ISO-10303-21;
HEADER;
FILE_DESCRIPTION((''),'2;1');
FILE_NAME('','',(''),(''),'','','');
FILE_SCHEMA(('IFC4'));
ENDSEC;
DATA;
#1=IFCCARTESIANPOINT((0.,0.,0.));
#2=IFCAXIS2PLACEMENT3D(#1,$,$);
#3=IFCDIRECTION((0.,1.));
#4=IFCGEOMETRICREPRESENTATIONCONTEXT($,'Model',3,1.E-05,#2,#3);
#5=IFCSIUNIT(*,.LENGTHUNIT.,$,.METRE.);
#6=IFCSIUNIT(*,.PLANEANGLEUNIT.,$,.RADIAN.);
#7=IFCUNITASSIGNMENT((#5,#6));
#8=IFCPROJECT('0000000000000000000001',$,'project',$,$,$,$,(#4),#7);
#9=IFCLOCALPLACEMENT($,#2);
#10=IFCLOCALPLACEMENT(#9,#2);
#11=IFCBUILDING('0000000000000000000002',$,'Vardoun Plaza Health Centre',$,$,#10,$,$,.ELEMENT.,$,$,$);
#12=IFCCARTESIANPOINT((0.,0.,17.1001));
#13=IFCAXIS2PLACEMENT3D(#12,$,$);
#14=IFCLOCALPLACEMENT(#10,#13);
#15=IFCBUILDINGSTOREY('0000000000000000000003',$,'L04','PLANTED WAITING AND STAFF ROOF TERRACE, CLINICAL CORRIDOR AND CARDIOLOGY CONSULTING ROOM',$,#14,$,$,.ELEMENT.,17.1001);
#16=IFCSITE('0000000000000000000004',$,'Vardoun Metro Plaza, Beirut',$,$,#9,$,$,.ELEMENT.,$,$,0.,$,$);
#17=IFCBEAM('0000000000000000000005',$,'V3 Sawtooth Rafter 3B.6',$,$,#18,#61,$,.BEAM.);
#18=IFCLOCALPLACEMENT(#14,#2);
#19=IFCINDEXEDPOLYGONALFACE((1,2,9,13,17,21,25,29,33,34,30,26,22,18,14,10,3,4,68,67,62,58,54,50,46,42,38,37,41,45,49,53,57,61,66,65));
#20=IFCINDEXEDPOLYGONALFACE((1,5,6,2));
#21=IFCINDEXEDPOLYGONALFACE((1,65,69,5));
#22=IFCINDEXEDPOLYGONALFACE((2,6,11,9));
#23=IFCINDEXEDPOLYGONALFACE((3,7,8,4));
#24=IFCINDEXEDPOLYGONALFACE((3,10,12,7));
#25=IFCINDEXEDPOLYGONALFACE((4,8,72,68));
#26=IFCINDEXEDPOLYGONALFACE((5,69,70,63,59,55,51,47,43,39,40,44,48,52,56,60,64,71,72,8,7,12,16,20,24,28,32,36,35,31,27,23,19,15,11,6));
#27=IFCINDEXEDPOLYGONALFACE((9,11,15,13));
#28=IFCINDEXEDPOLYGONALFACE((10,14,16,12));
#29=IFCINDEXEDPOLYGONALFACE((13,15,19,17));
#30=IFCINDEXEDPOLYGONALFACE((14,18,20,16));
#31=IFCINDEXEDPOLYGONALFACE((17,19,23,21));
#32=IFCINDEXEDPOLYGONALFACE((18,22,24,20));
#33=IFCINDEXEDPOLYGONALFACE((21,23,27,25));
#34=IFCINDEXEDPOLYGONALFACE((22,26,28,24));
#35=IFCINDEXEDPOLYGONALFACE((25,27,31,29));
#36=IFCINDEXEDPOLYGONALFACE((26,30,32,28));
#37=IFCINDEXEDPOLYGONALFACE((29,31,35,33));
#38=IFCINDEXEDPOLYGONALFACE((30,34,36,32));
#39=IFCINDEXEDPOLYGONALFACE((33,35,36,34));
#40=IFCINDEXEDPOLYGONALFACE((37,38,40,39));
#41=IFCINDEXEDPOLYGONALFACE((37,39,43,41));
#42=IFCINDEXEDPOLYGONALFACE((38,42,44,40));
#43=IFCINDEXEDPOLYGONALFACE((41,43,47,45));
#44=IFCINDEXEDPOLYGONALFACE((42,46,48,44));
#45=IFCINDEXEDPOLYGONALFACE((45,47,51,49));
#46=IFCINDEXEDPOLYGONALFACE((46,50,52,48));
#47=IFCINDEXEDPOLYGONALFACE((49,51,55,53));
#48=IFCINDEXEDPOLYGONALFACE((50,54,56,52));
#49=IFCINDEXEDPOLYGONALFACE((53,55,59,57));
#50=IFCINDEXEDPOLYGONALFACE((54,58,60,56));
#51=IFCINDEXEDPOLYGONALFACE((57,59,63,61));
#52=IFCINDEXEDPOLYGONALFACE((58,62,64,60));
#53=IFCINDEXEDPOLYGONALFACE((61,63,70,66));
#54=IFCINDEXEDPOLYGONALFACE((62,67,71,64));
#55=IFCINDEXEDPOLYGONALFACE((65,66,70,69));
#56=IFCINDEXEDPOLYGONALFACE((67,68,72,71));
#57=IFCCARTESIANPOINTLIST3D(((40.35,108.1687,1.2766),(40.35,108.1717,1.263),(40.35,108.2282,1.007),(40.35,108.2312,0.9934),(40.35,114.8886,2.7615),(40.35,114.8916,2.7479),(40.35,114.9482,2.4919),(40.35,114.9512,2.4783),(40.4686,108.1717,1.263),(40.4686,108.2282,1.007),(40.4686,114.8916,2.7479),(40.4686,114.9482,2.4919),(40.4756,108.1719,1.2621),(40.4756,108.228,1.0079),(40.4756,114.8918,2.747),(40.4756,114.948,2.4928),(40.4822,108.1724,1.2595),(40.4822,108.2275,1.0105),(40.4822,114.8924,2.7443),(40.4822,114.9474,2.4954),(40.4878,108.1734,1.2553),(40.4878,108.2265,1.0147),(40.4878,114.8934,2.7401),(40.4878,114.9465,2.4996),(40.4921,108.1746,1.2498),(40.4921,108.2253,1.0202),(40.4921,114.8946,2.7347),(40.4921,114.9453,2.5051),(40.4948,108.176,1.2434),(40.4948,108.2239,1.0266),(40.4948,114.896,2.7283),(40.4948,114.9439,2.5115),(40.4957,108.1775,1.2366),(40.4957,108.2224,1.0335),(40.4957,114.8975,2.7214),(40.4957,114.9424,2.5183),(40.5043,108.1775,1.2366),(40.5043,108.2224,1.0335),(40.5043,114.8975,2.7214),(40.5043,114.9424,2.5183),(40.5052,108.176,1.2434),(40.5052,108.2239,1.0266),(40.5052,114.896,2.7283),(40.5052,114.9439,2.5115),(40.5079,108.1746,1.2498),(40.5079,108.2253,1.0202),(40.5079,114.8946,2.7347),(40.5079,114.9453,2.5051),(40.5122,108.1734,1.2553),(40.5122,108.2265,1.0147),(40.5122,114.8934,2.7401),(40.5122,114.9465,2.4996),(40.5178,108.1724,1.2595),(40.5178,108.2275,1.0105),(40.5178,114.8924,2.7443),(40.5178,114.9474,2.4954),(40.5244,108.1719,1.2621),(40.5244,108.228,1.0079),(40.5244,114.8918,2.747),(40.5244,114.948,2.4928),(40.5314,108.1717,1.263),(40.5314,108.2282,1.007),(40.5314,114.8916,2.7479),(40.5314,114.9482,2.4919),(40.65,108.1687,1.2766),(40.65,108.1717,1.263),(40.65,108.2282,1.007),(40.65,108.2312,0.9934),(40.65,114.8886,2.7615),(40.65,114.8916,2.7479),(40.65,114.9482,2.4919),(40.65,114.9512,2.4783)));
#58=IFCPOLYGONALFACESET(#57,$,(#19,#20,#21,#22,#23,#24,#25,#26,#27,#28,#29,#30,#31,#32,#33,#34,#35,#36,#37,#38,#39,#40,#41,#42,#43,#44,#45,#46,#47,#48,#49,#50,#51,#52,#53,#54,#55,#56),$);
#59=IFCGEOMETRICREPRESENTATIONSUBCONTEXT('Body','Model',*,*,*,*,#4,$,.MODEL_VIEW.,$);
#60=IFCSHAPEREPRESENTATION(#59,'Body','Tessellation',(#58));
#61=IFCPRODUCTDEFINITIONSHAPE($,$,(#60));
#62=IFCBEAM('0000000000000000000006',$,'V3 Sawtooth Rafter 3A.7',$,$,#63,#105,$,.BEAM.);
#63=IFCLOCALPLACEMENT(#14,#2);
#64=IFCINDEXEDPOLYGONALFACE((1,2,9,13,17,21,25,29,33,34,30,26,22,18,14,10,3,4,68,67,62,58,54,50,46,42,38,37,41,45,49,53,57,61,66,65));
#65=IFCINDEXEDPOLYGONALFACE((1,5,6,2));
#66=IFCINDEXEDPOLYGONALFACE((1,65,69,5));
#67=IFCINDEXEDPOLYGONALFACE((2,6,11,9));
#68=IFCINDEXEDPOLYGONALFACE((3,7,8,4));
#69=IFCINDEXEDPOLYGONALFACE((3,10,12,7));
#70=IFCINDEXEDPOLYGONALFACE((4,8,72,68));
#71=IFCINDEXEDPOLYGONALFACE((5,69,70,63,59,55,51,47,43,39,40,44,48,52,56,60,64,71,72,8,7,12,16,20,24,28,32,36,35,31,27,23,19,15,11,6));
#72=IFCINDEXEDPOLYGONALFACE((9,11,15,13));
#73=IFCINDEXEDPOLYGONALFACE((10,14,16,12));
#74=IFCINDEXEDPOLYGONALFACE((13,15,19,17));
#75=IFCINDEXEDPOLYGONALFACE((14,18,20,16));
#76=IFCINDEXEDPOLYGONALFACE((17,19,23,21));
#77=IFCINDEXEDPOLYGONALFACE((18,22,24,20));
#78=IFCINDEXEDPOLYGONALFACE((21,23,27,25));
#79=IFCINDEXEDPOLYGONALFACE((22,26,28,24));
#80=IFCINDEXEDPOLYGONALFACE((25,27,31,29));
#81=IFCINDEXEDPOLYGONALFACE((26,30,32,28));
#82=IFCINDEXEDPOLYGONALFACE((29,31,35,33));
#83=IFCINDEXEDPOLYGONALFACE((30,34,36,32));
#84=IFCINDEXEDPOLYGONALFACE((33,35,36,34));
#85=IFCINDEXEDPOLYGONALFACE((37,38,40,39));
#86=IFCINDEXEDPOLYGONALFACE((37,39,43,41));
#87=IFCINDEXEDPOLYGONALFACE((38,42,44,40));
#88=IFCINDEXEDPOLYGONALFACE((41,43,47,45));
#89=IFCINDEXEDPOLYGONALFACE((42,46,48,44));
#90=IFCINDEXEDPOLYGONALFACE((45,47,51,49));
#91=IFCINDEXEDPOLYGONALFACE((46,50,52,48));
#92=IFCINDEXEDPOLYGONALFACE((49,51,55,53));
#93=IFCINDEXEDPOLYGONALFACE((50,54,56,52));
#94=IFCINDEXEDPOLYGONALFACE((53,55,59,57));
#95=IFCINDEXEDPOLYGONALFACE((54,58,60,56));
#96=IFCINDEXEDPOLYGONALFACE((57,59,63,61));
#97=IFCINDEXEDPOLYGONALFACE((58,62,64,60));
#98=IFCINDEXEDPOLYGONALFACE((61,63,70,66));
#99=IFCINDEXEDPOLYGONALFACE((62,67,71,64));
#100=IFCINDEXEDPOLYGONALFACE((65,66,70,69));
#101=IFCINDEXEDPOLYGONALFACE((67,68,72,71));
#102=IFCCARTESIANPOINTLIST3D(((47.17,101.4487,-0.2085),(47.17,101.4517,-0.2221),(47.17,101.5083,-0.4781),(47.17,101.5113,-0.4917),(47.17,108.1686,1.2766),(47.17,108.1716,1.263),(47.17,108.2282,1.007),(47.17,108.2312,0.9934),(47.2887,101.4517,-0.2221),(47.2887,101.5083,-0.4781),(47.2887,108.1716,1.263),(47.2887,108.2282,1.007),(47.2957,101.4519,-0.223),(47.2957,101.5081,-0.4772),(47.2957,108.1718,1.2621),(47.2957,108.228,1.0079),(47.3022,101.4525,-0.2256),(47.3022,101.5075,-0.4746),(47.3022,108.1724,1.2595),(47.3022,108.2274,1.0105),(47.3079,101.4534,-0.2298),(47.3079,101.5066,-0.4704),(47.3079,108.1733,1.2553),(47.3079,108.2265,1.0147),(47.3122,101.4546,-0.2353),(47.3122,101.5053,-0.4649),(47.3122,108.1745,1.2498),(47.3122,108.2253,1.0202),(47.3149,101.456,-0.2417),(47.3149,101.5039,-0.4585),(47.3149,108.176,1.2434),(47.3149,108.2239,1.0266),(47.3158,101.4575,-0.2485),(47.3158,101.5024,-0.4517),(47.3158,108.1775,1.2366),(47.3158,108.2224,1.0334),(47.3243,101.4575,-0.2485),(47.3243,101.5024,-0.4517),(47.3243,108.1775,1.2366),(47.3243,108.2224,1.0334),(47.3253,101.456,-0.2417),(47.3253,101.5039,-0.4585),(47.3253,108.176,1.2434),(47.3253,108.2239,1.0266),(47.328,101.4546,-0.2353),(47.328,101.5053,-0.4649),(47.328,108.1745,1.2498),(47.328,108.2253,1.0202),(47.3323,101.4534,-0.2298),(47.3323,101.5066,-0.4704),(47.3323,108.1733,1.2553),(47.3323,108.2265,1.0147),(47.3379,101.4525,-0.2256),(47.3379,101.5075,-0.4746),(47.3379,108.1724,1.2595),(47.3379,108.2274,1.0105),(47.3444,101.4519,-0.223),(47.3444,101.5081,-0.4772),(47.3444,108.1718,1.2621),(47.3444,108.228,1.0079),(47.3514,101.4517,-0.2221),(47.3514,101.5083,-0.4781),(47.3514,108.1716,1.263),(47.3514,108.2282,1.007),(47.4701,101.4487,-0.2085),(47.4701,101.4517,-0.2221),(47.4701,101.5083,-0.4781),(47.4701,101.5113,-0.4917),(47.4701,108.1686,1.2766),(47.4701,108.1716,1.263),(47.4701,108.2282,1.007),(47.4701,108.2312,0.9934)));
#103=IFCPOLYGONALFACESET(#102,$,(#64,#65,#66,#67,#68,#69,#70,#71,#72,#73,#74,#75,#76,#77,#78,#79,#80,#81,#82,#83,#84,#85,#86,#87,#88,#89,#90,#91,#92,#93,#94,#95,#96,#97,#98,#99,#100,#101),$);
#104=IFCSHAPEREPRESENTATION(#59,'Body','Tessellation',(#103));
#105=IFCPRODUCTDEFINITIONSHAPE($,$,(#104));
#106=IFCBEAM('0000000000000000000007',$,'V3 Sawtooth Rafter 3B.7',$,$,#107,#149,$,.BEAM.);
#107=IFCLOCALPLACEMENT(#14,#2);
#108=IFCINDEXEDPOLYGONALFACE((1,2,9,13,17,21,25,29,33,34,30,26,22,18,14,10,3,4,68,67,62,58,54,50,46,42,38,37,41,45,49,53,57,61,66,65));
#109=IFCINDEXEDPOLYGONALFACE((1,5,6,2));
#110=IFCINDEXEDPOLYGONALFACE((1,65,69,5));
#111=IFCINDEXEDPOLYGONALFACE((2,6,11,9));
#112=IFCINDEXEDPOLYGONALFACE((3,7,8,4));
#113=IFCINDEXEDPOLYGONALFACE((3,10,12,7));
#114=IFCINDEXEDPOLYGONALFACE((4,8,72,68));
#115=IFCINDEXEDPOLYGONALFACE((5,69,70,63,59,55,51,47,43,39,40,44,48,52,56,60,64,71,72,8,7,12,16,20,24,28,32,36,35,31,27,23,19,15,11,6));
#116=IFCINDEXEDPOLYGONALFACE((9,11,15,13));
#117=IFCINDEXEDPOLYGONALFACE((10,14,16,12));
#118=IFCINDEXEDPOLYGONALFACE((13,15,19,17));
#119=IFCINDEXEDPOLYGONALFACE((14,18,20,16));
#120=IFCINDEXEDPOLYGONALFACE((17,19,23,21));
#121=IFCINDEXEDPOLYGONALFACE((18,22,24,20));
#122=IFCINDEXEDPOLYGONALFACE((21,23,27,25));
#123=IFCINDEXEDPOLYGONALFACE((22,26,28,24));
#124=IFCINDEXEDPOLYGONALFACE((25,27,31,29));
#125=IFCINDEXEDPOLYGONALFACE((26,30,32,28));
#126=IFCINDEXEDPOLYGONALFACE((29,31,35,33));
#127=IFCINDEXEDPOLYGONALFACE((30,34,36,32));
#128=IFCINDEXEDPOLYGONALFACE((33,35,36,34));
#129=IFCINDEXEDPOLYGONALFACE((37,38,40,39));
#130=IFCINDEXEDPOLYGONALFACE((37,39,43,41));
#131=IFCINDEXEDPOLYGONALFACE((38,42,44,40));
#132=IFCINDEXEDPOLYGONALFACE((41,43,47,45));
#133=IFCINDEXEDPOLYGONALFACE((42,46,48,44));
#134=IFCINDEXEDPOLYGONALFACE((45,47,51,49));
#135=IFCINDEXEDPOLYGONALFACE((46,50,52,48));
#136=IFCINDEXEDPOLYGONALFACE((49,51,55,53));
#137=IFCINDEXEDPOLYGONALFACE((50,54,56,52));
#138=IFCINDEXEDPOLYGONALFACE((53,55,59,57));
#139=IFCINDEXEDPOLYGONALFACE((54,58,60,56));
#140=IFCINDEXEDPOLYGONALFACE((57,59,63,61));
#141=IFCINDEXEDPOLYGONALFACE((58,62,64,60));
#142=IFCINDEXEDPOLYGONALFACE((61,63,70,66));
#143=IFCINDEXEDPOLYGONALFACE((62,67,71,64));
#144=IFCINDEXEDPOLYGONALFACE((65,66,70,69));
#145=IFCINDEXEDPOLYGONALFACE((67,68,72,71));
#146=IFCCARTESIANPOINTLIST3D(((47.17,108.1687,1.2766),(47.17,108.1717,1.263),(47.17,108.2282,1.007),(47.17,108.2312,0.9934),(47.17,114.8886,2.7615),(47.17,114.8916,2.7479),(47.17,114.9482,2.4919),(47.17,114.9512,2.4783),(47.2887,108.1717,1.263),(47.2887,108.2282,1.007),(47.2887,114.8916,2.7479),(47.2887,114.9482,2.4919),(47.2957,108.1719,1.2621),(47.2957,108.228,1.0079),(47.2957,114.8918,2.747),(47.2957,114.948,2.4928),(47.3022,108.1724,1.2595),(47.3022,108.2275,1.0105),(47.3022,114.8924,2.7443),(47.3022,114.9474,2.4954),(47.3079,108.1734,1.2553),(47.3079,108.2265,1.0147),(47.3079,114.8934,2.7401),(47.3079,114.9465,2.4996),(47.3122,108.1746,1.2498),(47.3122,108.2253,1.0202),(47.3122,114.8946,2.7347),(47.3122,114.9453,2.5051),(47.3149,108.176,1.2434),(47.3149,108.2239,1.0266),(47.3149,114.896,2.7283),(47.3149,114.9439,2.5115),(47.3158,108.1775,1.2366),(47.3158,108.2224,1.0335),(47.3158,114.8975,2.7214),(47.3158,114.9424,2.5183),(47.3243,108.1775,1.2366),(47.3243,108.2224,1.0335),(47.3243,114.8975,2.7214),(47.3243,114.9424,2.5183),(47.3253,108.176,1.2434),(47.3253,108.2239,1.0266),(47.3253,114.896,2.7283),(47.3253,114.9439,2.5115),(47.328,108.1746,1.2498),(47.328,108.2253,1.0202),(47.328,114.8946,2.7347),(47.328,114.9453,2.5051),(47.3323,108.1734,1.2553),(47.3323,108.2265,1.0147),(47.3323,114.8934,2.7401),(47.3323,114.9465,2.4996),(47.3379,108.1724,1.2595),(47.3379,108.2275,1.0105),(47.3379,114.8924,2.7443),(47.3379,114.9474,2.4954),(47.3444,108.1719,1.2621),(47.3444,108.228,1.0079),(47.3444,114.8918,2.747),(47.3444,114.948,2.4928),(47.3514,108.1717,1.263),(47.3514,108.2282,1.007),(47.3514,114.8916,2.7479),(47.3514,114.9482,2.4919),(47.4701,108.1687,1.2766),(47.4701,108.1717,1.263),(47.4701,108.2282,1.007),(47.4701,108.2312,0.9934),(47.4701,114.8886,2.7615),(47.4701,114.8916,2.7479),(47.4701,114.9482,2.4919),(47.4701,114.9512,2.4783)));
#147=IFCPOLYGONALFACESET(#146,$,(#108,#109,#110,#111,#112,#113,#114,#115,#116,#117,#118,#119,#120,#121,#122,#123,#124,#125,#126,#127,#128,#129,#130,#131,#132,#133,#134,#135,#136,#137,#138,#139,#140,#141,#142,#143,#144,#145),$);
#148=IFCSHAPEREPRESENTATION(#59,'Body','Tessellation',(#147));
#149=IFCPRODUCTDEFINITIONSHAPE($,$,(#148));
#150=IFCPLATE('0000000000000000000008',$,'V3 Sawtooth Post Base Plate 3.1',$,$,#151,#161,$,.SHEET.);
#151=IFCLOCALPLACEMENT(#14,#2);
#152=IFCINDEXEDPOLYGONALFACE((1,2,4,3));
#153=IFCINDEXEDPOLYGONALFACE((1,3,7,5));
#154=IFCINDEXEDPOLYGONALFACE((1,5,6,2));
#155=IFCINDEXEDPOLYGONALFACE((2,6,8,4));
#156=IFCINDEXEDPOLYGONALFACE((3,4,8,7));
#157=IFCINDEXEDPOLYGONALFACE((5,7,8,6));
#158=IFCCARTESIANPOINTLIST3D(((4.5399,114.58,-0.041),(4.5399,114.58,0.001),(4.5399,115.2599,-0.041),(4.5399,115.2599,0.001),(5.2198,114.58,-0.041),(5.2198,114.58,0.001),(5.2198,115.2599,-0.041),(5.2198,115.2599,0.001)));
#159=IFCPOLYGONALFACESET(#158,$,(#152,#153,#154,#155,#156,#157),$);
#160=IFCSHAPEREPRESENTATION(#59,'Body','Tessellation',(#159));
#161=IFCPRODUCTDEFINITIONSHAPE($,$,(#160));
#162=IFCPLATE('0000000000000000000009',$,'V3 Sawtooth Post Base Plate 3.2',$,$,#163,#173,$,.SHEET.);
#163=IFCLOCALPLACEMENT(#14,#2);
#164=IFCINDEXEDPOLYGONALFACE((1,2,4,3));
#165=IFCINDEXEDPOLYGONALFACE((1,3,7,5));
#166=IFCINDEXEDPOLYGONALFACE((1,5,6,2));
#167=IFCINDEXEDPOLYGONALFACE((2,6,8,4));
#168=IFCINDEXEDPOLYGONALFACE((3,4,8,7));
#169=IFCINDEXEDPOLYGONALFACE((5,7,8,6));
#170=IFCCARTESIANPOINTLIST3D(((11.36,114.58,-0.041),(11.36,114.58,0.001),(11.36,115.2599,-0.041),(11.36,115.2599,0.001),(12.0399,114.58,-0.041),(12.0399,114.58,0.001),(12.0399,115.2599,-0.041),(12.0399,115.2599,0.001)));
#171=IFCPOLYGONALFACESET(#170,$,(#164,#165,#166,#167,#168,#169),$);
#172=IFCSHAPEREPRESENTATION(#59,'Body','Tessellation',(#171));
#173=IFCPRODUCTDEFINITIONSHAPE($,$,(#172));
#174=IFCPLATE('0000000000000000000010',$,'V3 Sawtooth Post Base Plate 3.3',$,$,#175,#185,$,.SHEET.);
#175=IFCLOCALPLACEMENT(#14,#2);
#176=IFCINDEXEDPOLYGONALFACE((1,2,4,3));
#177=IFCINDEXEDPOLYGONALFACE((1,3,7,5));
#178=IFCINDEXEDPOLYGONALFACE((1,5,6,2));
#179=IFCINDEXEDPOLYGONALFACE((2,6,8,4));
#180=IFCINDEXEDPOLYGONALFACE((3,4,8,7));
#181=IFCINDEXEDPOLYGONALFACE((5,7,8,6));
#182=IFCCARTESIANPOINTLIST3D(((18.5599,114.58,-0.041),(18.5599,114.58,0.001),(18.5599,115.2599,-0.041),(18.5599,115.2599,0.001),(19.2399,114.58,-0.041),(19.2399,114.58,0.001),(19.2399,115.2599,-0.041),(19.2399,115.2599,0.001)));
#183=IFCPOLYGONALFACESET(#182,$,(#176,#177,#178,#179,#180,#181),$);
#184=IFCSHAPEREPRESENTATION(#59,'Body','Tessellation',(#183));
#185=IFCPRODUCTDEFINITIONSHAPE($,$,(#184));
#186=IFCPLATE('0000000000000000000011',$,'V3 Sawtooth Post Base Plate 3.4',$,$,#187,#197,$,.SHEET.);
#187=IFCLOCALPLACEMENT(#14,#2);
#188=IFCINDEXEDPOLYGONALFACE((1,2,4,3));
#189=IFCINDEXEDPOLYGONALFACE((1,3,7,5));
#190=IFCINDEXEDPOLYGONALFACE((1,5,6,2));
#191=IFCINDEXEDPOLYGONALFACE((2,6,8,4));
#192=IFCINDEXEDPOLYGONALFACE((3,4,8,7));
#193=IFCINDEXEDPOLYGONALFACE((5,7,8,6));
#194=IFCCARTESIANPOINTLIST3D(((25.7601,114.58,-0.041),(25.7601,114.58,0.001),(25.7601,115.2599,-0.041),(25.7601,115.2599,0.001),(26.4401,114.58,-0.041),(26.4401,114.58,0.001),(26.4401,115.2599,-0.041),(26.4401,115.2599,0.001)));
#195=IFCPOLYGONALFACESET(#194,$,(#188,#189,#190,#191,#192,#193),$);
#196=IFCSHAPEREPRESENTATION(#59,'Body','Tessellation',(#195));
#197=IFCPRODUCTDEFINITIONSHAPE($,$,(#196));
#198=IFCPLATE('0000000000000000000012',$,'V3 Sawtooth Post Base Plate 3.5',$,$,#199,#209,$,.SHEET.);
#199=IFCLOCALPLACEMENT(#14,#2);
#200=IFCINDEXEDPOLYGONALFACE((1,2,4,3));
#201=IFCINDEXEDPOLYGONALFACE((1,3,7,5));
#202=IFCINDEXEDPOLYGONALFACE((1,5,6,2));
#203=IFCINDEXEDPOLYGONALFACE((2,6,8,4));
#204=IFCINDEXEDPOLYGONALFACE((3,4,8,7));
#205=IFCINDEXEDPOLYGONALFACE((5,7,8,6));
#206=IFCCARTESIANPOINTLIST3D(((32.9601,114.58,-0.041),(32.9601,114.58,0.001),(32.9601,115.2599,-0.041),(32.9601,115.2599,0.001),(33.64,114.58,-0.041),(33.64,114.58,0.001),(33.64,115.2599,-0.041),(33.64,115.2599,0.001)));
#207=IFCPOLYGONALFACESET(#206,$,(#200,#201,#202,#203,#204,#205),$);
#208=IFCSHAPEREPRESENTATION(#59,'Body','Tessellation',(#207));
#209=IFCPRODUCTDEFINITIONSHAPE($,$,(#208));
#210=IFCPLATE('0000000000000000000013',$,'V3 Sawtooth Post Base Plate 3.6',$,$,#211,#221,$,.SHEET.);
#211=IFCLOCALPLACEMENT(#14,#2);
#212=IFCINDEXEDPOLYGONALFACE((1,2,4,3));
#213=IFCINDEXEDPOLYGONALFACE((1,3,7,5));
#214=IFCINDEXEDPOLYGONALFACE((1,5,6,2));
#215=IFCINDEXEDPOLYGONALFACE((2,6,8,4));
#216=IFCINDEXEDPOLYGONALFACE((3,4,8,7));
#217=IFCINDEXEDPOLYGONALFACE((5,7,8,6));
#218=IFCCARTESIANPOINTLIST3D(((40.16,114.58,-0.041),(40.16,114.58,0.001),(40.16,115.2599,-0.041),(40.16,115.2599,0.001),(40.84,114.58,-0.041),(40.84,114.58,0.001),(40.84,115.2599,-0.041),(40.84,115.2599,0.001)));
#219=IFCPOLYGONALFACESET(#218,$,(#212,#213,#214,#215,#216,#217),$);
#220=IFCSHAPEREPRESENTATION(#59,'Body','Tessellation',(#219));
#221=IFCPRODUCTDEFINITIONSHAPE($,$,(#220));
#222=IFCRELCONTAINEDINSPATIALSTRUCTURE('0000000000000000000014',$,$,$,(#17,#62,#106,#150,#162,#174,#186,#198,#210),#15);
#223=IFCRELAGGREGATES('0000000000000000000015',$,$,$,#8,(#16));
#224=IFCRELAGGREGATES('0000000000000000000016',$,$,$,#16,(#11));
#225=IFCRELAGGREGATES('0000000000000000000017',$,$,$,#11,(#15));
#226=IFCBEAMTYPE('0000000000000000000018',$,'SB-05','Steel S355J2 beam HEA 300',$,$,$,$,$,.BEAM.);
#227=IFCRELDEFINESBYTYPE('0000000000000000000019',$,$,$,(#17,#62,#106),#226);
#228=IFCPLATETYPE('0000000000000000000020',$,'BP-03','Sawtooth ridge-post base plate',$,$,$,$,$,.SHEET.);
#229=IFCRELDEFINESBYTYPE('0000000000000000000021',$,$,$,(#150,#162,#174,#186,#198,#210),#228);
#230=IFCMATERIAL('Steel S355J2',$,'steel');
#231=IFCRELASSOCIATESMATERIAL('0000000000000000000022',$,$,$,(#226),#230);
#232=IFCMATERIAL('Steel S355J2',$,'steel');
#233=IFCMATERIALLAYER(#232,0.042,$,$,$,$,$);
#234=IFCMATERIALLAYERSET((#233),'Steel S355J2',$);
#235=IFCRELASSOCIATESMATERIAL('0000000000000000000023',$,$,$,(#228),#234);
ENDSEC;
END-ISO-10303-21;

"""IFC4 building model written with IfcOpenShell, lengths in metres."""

from ifc_helpers import new_model, si_unit, direction, frame, origin, origin_2d, place, context, subcontext, project, spatial, rectangle, i_section, extrude, material, layer, layer_set, material_profile, profile_set, type_object, element, save


model = new_model("IFC4")

# Units and contexts
model_context = context("Model", 3, precision=1e-05, world=origin(), true_north=direction((0.0, 1.0)))
body_context = subcontext(model_context, "Body", "Model", "MODEL_VIEW")
ifc_project = project(units=[si_unit("LENGTHUNIT", "METRE"), si_unit("PLANEANGLEUNIT", "RADIAN")], contexts=[model_context])

# Site, building, storey
site_placement = place(None, origin())
site = spatial("IfcSite", under=ifc_project, at=site_placement, Name="Vardoun Metro Plaza, Beirut", CompositionType="ELEMENT", RefElevation=0.0)
building_placement = place(site_placement, origin())
building = spatial("IfcBuilding", under=site, at=building_placement, Name="Vardoun Plaza Health Centre", CompositionType="ELEMENT")
storey_placement = place(building_placement, frame((0.0, 0.0, 17.1001)))
storey = spatial("IfcBuildingStorey", under=building, at=storey_placement, Name="L04", Description="PLANTED WAITING AND STAFF ROOF TERRACE, CLINICAL CORRIDOR AND CARDIOLOGY CONSULTING ROOM", CompositionType="ELEMENT", Elevation=17.1001)

# Beams
ifc_material_1 = material(Name="Steel S355J2", Category="steel")
ifc_material_profile_1 = material_profile(ifc_material_1, i_section(OverallWidth=0.3, OverallDepth=0.29, WebThickness=0.0085, FlangeThickness=0.0139, FilletRadius=0.0271, at=origin_2d()), Name="HEA 300")
ifc_profile_set_1 = profile_set([ifc_material_profile_1], Name="Steel S355J2")
beam_type_1 = type_object("IfcBeamType", Name="SB-05", Description="Steel S355J2 beam HEA 300", PredefinedType="BEAM", material=ifc_profile_set_1)
for number, where, z_axis, x_axis, name in (
    (1, (40.5, 108.2, 1.135), (0.0, 0.976447, 0.215758), (-1.0, 0.0, 0.0), "V3 Sawtooth Rafter 3B.6"),
    (2, (47.3201, 101.48, -0.3501), (0.0, 0.976439, 0.215792), (-1.0, 0.0, 0.0), "V3 Sawtooth Rafter 3A.7"),
    (3, (47.3201, 108.2, 1.135), (0.0, 0.976447, 0.215758), (-1.0, 0.0, 0.0), "V3 Sawtooth Rafter 3B.7"),
):
    element("IfcBeam", number, at=place(storey_placement, frame(where, z_axis=z_axis, x_axis=x_axis)), inside=storey, type_object=beam_type_1, Name=name, PredefinedType="BEAM", context=body_context, shape_type="SweptSolid", body=[
        extrude(i_section(OverallWidth=0.3, OverallDepth=0.29, WebThickness=0.0085, FlangeThickness=0.0139, FilletRadius=0.0271, at=origin_2d()), origin(), (0.0, 0.0, 1.0), 6.8821),
    ])

# Plates
ifc_material_2 = material(Name="Steel S355J2", Category="steel")
ifc_layer = layer(ifc_material_2, 0.042)
ifc_layer_set = layer_set([ifc_layer], Name="Steel S355J2")
plate_type = type_object("IfcPlateType", Name="BP-03", Description="Sawtooth ridge-post base plate", PredefinedType="SHEET", material=ifc_layer_set)
for number, where, z_axis, x_axis, name in (
    (4, (4.8799, 114.9199, -0.041), (0.0, 0.0, 1.0), (1.0, 0.0, 0.0), "V3 Sawtooth Post Base Plate 3.1"),
    (5, (11.7, 114.9199, -0.041), (0.0, 0.0, 1.0), (1.0, 0.0, 0.0), "V3 Sawtooth Post Base Plate 3.2"),
    (6, (18.8999, 114.9199, -0.041), (0.0, 0.0, 1.0), (1.0, 0.0, 0.0), "V3 Sawtooth Post Base Plate 3.3"),
    (7, (26.1001, 114.9199, -0.041), (0.0, 0.0, 1.0), (1.0, 0.0, 0.0), "V3 Sawtooth Post Base Plate 3.4"),
    (8, (33.3, 114.9199, -0.041), (0.0, 0.0, 1.0), (1.0, 0.0, 0.0), "V3 Sawtooth Post Base Plate 3.5"),
    (9, (40.5, 114.9199, -0.041), (0.0, 0.0, 1.0), (1.0, 0.0, 0.0), "V3 Sawtooth Post Base Plate 3.6"),
):
    element("IfcPlate", number, at=place(storey_placement, frame(where, z_axis=z_axis, x_axis=x_axis)), inside=storey, type_object=plate_type, Name=name, PredefinedType="SHEET", context=body_context, shape_type="SweptSolid", body=[
        extrude(rectangle(XDim=0.6799, YDim=0.6799, at=origin_2d()), origin(), (0.0, 0.0, 1.0), 0.042),
    ])

save(model, "model.ifc")
